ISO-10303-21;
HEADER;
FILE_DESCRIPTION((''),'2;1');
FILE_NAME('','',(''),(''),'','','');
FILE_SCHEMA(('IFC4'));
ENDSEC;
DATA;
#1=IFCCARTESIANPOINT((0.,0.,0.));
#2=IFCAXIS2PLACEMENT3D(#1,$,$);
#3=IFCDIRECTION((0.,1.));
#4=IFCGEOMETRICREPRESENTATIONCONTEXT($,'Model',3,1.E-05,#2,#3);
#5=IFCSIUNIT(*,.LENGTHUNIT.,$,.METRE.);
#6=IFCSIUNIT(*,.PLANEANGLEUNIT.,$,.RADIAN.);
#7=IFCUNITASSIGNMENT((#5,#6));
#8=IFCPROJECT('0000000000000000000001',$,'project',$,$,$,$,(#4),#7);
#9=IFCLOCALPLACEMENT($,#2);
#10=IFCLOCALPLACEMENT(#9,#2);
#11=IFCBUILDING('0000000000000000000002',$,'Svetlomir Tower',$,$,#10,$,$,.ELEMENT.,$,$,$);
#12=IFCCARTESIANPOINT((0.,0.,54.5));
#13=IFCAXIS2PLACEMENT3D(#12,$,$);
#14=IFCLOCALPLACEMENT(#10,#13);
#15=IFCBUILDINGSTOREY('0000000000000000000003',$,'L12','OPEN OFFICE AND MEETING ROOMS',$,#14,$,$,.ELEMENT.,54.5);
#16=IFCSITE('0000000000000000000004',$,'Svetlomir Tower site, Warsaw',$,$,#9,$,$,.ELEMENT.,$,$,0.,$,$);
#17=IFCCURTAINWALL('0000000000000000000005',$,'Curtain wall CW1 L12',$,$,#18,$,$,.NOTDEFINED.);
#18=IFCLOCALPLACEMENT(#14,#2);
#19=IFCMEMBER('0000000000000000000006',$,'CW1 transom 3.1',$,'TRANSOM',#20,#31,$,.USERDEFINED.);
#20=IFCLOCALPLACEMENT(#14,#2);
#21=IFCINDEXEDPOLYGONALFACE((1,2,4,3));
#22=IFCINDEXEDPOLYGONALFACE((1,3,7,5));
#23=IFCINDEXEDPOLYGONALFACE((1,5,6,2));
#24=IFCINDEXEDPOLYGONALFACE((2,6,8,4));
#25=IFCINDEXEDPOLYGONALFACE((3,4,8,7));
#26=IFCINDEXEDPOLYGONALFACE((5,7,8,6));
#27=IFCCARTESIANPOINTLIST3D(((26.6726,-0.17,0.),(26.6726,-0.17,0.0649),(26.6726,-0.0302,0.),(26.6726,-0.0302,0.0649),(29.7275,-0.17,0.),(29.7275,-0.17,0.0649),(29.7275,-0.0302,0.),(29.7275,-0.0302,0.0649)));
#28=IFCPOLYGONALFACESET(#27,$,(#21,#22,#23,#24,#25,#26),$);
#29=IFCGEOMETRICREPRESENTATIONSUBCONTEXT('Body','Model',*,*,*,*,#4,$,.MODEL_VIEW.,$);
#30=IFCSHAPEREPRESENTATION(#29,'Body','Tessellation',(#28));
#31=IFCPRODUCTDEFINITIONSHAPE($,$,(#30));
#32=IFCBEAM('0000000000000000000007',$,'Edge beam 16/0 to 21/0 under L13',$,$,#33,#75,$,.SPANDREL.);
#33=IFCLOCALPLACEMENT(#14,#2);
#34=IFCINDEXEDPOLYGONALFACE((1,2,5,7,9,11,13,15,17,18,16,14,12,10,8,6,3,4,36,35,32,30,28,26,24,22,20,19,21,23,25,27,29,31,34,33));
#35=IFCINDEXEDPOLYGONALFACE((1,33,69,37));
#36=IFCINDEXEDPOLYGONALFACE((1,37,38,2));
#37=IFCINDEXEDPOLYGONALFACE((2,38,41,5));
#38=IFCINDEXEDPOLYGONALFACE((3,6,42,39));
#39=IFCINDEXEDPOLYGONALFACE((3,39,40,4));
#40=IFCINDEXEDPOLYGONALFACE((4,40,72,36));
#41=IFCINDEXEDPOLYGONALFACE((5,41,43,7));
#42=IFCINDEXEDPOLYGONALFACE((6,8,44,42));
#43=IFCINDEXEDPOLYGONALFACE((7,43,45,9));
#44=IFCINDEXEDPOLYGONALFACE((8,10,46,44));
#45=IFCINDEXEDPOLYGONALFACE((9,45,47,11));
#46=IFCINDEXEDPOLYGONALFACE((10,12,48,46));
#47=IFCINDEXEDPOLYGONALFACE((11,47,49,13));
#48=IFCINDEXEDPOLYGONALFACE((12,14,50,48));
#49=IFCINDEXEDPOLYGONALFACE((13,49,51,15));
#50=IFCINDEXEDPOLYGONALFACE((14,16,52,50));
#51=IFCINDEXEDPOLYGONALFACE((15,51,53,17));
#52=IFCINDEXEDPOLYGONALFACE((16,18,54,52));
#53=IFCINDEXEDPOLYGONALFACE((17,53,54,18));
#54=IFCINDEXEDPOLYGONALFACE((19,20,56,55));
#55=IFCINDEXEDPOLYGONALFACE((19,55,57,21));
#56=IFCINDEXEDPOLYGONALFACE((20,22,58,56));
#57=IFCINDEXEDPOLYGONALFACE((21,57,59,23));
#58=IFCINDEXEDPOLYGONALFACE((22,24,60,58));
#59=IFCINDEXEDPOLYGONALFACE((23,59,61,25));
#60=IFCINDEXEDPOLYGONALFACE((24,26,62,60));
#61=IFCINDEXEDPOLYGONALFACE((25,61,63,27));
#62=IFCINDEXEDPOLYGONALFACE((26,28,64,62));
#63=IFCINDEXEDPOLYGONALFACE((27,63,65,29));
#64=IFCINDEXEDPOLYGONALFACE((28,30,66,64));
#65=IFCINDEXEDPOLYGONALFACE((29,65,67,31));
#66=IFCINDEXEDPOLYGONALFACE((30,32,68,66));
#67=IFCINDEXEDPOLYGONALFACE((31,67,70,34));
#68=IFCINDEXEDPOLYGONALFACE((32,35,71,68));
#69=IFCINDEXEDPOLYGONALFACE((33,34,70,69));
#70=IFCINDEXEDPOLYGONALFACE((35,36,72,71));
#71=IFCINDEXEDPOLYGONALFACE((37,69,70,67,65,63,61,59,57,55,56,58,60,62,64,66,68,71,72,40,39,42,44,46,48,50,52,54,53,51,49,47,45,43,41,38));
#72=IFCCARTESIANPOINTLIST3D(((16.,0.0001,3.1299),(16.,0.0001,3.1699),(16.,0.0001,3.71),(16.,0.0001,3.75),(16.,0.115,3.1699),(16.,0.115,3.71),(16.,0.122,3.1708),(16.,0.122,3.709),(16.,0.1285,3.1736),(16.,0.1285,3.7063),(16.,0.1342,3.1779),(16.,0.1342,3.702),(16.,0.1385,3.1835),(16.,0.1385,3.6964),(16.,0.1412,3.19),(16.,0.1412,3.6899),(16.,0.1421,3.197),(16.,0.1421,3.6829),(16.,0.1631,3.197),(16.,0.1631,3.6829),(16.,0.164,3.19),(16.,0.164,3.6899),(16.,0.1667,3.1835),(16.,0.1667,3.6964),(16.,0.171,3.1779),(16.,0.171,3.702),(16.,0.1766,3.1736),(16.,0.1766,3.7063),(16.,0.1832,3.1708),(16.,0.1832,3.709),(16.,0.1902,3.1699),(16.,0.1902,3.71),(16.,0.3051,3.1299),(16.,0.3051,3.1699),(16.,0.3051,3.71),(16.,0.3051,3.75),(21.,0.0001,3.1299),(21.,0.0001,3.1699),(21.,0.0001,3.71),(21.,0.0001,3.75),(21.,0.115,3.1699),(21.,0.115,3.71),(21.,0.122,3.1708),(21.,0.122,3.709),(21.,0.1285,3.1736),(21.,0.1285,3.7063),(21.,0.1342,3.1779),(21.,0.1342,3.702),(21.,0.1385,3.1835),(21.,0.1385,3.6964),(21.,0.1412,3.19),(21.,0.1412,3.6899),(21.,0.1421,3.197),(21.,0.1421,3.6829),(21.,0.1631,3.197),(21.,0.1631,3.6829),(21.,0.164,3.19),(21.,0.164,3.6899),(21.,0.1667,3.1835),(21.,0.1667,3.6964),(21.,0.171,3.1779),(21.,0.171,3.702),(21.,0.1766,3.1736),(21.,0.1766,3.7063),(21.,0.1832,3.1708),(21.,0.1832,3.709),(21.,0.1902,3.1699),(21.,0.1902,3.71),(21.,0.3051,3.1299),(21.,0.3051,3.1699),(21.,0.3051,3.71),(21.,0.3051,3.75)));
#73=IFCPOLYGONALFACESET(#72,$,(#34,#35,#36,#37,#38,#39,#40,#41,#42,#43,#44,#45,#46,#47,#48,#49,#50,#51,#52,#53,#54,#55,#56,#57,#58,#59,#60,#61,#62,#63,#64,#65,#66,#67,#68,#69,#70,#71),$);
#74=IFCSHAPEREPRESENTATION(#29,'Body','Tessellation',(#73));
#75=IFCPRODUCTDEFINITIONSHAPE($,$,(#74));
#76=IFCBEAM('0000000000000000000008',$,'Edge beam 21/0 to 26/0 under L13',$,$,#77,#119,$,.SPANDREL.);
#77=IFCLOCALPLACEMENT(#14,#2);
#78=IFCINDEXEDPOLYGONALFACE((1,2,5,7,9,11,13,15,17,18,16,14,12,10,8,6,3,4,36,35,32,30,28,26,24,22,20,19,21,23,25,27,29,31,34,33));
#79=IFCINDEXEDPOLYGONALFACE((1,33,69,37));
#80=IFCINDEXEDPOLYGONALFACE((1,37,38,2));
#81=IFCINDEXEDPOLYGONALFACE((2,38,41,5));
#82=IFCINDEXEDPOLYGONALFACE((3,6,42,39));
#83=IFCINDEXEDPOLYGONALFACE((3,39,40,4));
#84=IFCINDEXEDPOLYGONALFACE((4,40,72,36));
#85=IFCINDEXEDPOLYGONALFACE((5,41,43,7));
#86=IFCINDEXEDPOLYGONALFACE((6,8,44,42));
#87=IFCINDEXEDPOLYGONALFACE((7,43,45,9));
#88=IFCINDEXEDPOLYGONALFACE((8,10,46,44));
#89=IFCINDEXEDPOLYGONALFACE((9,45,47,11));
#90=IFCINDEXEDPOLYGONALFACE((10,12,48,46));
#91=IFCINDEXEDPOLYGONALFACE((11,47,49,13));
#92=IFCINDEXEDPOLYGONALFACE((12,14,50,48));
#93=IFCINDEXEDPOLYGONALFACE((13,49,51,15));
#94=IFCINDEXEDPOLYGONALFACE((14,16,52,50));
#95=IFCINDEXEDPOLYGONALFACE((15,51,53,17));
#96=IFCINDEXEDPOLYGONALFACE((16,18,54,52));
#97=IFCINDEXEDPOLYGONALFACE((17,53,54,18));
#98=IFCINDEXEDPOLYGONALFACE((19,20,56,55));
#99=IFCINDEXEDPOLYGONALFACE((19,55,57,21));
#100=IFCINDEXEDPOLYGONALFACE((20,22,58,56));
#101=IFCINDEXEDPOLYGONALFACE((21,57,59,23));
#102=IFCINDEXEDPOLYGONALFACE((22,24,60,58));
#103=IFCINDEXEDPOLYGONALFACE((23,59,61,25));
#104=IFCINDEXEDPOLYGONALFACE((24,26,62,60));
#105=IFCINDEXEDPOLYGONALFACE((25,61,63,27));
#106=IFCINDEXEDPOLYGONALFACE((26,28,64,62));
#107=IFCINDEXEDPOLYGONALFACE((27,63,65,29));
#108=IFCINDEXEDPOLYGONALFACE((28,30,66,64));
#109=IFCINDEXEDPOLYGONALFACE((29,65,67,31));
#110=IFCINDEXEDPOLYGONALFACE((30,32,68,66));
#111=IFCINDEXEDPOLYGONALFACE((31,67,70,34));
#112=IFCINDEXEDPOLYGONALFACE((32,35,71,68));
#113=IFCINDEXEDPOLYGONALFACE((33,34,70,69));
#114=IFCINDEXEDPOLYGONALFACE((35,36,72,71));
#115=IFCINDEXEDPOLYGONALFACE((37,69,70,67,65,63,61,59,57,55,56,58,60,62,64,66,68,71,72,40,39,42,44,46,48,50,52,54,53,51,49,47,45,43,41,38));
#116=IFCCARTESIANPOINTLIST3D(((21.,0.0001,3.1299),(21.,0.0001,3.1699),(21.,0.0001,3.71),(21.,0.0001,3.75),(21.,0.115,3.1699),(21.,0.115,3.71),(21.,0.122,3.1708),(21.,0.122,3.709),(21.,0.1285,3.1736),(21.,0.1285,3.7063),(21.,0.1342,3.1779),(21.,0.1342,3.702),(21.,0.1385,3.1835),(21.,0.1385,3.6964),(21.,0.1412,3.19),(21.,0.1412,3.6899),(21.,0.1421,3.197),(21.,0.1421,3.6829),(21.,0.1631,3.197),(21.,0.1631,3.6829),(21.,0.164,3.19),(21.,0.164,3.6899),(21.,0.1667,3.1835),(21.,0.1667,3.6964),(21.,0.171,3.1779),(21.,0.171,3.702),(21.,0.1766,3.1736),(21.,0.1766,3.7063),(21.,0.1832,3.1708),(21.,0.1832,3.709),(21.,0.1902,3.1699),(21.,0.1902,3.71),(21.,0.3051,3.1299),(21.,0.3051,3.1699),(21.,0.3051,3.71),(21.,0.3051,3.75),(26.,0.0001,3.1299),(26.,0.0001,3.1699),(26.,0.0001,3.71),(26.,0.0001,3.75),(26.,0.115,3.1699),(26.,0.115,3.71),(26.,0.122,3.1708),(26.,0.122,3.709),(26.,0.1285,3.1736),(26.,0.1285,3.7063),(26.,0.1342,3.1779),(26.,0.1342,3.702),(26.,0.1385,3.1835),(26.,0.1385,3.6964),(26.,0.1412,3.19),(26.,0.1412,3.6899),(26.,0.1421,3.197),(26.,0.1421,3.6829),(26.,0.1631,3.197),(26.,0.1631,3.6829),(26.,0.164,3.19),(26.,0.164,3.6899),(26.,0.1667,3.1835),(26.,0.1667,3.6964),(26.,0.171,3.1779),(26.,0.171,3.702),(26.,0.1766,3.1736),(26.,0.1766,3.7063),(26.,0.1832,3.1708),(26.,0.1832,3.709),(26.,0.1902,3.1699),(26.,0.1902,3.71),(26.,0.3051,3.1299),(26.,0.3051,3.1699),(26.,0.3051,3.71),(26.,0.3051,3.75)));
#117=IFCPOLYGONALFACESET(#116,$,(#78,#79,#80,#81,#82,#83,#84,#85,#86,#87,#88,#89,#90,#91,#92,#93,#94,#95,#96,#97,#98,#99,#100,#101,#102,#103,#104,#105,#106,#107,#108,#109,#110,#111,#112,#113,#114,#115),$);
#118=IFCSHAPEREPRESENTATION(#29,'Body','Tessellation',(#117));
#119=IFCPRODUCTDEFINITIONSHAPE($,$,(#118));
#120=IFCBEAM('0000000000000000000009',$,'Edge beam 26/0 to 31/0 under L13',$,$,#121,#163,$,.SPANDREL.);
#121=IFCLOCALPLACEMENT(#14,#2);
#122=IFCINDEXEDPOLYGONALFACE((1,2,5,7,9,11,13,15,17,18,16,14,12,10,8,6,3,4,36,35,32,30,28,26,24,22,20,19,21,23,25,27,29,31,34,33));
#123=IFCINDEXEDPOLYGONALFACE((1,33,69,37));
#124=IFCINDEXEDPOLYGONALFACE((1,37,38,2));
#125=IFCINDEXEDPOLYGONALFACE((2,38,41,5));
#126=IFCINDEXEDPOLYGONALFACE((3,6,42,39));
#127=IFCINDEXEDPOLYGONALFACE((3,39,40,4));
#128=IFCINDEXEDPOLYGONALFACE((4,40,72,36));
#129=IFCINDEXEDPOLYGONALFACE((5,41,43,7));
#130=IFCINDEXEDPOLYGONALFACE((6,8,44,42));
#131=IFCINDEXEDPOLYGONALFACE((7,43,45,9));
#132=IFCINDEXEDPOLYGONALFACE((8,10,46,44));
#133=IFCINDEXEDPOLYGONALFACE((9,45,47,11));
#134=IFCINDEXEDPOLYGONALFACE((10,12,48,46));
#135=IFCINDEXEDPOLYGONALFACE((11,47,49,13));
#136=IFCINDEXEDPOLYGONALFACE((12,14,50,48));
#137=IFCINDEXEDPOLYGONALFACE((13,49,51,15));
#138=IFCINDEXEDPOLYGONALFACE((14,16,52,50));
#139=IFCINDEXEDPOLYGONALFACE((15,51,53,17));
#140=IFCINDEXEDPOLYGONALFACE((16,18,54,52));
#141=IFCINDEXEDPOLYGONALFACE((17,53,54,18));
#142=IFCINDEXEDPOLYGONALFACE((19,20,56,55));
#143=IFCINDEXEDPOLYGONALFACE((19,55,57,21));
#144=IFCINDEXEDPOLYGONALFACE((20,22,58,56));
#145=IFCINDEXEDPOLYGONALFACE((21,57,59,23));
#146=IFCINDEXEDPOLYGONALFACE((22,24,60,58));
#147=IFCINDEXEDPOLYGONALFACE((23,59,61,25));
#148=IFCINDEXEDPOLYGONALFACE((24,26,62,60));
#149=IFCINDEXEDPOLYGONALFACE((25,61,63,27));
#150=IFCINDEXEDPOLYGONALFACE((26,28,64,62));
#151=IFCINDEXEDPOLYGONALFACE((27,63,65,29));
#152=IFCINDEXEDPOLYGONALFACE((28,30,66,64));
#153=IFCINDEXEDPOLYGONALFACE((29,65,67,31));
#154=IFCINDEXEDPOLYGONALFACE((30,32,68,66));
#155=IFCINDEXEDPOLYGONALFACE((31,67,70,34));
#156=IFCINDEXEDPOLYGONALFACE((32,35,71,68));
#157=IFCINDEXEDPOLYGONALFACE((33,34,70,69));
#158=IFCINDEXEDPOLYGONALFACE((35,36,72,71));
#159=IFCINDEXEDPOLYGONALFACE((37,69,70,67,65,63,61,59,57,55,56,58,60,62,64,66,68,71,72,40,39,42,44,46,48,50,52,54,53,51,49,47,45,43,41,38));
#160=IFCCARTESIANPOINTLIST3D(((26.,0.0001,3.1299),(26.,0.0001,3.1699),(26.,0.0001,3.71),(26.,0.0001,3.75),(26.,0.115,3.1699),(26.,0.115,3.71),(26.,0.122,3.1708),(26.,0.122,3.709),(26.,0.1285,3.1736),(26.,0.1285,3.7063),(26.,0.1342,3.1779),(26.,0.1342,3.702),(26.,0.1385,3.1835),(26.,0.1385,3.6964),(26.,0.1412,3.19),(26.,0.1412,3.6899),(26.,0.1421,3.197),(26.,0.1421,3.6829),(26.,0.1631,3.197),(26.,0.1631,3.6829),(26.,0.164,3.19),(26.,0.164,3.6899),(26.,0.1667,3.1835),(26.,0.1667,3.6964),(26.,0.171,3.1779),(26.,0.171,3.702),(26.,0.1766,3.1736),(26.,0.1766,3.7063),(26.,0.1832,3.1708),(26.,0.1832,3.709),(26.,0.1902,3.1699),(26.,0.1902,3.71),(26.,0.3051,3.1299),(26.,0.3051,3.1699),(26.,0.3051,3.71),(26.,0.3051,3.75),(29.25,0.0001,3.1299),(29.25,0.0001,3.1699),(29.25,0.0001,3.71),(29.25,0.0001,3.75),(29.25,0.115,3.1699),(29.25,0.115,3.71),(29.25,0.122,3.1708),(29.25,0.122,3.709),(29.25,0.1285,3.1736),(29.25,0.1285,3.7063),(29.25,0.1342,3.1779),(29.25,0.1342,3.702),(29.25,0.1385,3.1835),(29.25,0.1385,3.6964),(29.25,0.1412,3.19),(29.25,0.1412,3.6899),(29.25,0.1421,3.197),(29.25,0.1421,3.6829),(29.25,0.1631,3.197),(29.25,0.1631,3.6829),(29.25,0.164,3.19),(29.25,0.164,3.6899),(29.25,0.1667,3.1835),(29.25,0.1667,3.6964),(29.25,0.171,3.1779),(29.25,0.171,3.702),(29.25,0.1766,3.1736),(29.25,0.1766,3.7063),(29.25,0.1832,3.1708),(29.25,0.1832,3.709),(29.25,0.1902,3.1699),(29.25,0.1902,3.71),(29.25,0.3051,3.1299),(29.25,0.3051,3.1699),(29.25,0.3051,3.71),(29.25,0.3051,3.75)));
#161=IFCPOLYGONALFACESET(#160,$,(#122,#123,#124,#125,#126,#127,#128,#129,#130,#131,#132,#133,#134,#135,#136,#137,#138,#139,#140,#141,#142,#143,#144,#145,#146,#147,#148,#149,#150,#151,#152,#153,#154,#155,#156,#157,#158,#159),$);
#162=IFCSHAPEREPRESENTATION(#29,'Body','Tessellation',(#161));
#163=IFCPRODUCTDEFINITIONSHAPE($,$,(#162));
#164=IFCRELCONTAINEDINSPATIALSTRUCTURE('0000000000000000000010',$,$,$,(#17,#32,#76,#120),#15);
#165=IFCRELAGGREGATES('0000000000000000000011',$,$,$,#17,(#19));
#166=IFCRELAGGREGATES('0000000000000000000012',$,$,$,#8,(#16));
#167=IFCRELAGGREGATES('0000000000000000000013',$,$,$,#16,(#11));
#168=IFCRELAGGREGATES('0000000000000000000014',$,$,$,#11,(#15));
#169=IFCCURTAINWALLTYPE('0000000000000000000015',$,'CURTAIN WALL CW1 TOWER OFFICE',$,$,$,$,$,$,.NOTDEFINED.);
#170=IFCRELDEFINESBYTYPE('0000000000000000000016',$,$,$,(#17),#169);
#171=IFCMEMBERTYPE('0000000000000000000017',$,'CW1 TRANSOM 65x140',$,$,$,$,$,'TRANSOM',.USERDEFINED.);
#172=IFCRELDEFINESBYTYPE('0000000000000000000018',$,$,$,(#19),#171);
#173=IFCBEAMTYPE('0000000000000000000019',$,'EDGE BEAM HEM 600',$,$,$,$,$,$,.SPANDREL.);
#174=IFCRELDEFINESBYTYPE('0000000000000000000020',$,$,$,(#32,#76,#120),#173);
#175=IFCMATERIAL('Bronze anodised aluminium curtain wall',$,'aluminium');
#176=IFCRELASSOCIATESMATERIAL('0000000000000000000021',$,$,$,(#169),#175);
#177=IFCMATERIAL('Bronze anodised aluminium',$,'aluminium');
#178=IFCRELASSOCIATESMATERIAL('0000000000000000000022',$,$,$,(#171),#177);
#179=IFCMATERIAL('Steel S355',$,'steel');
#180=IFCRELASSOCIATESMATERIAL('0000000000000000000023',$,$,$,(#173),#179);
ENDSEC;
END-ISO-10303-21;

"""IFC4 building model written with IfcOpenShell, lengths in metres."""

from ifc_helpers import new_model, si_unit, direction, frame, origin, origin_2d, place, context, subcontext, project, spatial, rectangle, i_section, extrude, material, material_profile, profile_set, type_object, element, aggregate, save


model = new_model("IFC4")

# Units and contexts
model_context = context("Model", 3, precision=1e-05, world=origin(), true_north=direction((0.0, 1.0)))
body_context = subcontext(model_context, "Body", "Model", "MODEL_VIEW")
ifc_project = project(units=[si_unit("LENGTHUNIT", "METRE"), si_unit("PLANEANGLEUNIT", "RADIAN")], contexts=[model_context])

# Site, building, storey
site_placement = place(None, origin())
site = spatial("IfcSite", under=ifc_project, at=site_placement, Name="Svetlomir Tower site, Warsaw", CompositionType="ELEMENT", RefElevation=0.0)
building_placement = place(site_placement, origin())
building = spatial("IfcBuilding", under=site, at=building_placement, Name="Svetlomir Tower", CompositionType="ELEMENT")
storey_placement = place(building_placement, frame((0.0, 0.0, 54.5)))
storey = spatial("IfcBuildingStorey", under=building, at=storey_placement, Name="L12", Description="OPEN OFFICE AND MEETING ROOMS", CompositionType="ELEMENT", Elevation=54.5)

# Curtain wall
ifc_material_1 = material(Name="Bronze anodised aluminium curtain wall", Category="aluminium")
curtain_wall_type = type_object("IfcCurtainWallType", Name="CURTAIN WALL CW1 TOWER OFFICE", PredefinedType="NOTDEFINED", material=ifc_material_1)
curtain_wall_1_placement = place(storey_placement, origin())
curtain_wall_1 = element("IfcCurtainWall", 1, at=curtain_wall_1_placement, inside=storey, type_object=curtain_wall_type, Name="Curtain wall CW1 L12", PredefinedType="NOTDEFINED")

# Member
ifc_material_2 = material(Name="Bronze anodised aluminium", Category="aluminium")
ifc_material_profile_1 = material_profile(ifc_material_2, rectangle(XDim=0.1399, YDim=0.0649, at=origin_2d()), Name="AL 140x65")
ifc_profile_set_1 = profile_set([ifc_material_profile_1], Name="Bronze anodised aluminium 6063-T6")
member_type_1 = type_object("IfcMemberType", Name="CW1 TRANSOM 65x140", ElementType="TRANSOM", PredefinedType="USERDEFINED", material=ifc_profile_set_1)
member_1_placement = place(storey_placement, frame((26.6726, -0.1001, 0.0325), z_axis=(1.0, 0.0, 0.0), x_axis=(0.0, 1.0, 0.0)))
member_1 = element("IfcMember", 2, at=member_1_placement, type_object=member_type_1, Name="CW1 transom 3.1", ObjectType="TRANSOM", PredefinedType="USERDEFINED", context=body_context, shape_type="SweptSolid", body=[
    extrude(rectangle(XDim=0.1399, YDim=0.0649, at=origin_2d()), origin(), (0.0, 0.0, 1.0), 3.0549),
])

# Beams
ifc_material_3 = material(Name="Steel S355", Category="steel")
ifc_material_profile_2 = material_profile(ifc_material_3, i_section(OverallWidth=0.3049, OverallDepth=0.6201, WebThickness=0.021, FlangeThickness=0.04, FilletRadius=0.0271, at=origin_2d()), Name="HEM 600")
ifc_profile_set_2 = profile_set([ifc_material_profile_2], Name="Steel S355")
beam_type_1 = type_object("IfcBeamType", Name="EDGE BEAM HEM 600", PredefinedType="SPANDREL", material=ifc_profile_set_2)
for number, where, z_axis, x_axis, name in (
    (3, (16.0, 0.1526, 3.4399), (1.0, 0.0, 0.0), (0.0, 1.0, 0.0), "Edge beam 16/0 to 21/0 under L13"),
    (4, (21.0, 0.1526, 3.4399), (1.0, 0.0, 0.0), (0.0, 1.0, 0.0), "Edge beam 21/0 to 26/0 under L13"),
):
    element("IfcBeam", number, at=place(storey_placement, frame(where, z_axis=z_axis, x_axis=x_axis)), inside=storey, type_object=beam_type_1, Name=name, PredefinedType="SPANDREL", context=body_context, shape_type="SweptSolid", body=[
        extrude(i_section(OverallWidth=0.3049, OverallDepth=0.6201, WebThickness=0.021, FlangeThickness=0.04, FilletRadius=0.0271, at=origin_2d()), origin(), (0.0, 0.0, 1.0), 5.0),
    ])
beam_1_placement = place(storey_placement, frame((26.0, 0.1526, 3.4399), z_axis=(1.0, 0.0, 0.0), x_axis=(0.0, 1.0, 0.0)))
element("IfcBeam", 5, at=beam_1_placement, inside=storey, type_object=beam_type_1, Name="Edge beam 26/0 to 31/0 under L13", PredefinedType="SPANDREL", context=body_context, shape_type="SweptSolid", body=[
    extrude(i_section(OverallWidth=0.3049, OverallDepth=0.6201, WebThickness=0.021, FlangeThickness=0.04, FilletRadius=0.0271, at=origin_2d()), origin(), (0.0, 0.0, 1.0), 3.25),
])

aggregate(curtain_wall_1, [member_1])

save(model, "model.ifc")
